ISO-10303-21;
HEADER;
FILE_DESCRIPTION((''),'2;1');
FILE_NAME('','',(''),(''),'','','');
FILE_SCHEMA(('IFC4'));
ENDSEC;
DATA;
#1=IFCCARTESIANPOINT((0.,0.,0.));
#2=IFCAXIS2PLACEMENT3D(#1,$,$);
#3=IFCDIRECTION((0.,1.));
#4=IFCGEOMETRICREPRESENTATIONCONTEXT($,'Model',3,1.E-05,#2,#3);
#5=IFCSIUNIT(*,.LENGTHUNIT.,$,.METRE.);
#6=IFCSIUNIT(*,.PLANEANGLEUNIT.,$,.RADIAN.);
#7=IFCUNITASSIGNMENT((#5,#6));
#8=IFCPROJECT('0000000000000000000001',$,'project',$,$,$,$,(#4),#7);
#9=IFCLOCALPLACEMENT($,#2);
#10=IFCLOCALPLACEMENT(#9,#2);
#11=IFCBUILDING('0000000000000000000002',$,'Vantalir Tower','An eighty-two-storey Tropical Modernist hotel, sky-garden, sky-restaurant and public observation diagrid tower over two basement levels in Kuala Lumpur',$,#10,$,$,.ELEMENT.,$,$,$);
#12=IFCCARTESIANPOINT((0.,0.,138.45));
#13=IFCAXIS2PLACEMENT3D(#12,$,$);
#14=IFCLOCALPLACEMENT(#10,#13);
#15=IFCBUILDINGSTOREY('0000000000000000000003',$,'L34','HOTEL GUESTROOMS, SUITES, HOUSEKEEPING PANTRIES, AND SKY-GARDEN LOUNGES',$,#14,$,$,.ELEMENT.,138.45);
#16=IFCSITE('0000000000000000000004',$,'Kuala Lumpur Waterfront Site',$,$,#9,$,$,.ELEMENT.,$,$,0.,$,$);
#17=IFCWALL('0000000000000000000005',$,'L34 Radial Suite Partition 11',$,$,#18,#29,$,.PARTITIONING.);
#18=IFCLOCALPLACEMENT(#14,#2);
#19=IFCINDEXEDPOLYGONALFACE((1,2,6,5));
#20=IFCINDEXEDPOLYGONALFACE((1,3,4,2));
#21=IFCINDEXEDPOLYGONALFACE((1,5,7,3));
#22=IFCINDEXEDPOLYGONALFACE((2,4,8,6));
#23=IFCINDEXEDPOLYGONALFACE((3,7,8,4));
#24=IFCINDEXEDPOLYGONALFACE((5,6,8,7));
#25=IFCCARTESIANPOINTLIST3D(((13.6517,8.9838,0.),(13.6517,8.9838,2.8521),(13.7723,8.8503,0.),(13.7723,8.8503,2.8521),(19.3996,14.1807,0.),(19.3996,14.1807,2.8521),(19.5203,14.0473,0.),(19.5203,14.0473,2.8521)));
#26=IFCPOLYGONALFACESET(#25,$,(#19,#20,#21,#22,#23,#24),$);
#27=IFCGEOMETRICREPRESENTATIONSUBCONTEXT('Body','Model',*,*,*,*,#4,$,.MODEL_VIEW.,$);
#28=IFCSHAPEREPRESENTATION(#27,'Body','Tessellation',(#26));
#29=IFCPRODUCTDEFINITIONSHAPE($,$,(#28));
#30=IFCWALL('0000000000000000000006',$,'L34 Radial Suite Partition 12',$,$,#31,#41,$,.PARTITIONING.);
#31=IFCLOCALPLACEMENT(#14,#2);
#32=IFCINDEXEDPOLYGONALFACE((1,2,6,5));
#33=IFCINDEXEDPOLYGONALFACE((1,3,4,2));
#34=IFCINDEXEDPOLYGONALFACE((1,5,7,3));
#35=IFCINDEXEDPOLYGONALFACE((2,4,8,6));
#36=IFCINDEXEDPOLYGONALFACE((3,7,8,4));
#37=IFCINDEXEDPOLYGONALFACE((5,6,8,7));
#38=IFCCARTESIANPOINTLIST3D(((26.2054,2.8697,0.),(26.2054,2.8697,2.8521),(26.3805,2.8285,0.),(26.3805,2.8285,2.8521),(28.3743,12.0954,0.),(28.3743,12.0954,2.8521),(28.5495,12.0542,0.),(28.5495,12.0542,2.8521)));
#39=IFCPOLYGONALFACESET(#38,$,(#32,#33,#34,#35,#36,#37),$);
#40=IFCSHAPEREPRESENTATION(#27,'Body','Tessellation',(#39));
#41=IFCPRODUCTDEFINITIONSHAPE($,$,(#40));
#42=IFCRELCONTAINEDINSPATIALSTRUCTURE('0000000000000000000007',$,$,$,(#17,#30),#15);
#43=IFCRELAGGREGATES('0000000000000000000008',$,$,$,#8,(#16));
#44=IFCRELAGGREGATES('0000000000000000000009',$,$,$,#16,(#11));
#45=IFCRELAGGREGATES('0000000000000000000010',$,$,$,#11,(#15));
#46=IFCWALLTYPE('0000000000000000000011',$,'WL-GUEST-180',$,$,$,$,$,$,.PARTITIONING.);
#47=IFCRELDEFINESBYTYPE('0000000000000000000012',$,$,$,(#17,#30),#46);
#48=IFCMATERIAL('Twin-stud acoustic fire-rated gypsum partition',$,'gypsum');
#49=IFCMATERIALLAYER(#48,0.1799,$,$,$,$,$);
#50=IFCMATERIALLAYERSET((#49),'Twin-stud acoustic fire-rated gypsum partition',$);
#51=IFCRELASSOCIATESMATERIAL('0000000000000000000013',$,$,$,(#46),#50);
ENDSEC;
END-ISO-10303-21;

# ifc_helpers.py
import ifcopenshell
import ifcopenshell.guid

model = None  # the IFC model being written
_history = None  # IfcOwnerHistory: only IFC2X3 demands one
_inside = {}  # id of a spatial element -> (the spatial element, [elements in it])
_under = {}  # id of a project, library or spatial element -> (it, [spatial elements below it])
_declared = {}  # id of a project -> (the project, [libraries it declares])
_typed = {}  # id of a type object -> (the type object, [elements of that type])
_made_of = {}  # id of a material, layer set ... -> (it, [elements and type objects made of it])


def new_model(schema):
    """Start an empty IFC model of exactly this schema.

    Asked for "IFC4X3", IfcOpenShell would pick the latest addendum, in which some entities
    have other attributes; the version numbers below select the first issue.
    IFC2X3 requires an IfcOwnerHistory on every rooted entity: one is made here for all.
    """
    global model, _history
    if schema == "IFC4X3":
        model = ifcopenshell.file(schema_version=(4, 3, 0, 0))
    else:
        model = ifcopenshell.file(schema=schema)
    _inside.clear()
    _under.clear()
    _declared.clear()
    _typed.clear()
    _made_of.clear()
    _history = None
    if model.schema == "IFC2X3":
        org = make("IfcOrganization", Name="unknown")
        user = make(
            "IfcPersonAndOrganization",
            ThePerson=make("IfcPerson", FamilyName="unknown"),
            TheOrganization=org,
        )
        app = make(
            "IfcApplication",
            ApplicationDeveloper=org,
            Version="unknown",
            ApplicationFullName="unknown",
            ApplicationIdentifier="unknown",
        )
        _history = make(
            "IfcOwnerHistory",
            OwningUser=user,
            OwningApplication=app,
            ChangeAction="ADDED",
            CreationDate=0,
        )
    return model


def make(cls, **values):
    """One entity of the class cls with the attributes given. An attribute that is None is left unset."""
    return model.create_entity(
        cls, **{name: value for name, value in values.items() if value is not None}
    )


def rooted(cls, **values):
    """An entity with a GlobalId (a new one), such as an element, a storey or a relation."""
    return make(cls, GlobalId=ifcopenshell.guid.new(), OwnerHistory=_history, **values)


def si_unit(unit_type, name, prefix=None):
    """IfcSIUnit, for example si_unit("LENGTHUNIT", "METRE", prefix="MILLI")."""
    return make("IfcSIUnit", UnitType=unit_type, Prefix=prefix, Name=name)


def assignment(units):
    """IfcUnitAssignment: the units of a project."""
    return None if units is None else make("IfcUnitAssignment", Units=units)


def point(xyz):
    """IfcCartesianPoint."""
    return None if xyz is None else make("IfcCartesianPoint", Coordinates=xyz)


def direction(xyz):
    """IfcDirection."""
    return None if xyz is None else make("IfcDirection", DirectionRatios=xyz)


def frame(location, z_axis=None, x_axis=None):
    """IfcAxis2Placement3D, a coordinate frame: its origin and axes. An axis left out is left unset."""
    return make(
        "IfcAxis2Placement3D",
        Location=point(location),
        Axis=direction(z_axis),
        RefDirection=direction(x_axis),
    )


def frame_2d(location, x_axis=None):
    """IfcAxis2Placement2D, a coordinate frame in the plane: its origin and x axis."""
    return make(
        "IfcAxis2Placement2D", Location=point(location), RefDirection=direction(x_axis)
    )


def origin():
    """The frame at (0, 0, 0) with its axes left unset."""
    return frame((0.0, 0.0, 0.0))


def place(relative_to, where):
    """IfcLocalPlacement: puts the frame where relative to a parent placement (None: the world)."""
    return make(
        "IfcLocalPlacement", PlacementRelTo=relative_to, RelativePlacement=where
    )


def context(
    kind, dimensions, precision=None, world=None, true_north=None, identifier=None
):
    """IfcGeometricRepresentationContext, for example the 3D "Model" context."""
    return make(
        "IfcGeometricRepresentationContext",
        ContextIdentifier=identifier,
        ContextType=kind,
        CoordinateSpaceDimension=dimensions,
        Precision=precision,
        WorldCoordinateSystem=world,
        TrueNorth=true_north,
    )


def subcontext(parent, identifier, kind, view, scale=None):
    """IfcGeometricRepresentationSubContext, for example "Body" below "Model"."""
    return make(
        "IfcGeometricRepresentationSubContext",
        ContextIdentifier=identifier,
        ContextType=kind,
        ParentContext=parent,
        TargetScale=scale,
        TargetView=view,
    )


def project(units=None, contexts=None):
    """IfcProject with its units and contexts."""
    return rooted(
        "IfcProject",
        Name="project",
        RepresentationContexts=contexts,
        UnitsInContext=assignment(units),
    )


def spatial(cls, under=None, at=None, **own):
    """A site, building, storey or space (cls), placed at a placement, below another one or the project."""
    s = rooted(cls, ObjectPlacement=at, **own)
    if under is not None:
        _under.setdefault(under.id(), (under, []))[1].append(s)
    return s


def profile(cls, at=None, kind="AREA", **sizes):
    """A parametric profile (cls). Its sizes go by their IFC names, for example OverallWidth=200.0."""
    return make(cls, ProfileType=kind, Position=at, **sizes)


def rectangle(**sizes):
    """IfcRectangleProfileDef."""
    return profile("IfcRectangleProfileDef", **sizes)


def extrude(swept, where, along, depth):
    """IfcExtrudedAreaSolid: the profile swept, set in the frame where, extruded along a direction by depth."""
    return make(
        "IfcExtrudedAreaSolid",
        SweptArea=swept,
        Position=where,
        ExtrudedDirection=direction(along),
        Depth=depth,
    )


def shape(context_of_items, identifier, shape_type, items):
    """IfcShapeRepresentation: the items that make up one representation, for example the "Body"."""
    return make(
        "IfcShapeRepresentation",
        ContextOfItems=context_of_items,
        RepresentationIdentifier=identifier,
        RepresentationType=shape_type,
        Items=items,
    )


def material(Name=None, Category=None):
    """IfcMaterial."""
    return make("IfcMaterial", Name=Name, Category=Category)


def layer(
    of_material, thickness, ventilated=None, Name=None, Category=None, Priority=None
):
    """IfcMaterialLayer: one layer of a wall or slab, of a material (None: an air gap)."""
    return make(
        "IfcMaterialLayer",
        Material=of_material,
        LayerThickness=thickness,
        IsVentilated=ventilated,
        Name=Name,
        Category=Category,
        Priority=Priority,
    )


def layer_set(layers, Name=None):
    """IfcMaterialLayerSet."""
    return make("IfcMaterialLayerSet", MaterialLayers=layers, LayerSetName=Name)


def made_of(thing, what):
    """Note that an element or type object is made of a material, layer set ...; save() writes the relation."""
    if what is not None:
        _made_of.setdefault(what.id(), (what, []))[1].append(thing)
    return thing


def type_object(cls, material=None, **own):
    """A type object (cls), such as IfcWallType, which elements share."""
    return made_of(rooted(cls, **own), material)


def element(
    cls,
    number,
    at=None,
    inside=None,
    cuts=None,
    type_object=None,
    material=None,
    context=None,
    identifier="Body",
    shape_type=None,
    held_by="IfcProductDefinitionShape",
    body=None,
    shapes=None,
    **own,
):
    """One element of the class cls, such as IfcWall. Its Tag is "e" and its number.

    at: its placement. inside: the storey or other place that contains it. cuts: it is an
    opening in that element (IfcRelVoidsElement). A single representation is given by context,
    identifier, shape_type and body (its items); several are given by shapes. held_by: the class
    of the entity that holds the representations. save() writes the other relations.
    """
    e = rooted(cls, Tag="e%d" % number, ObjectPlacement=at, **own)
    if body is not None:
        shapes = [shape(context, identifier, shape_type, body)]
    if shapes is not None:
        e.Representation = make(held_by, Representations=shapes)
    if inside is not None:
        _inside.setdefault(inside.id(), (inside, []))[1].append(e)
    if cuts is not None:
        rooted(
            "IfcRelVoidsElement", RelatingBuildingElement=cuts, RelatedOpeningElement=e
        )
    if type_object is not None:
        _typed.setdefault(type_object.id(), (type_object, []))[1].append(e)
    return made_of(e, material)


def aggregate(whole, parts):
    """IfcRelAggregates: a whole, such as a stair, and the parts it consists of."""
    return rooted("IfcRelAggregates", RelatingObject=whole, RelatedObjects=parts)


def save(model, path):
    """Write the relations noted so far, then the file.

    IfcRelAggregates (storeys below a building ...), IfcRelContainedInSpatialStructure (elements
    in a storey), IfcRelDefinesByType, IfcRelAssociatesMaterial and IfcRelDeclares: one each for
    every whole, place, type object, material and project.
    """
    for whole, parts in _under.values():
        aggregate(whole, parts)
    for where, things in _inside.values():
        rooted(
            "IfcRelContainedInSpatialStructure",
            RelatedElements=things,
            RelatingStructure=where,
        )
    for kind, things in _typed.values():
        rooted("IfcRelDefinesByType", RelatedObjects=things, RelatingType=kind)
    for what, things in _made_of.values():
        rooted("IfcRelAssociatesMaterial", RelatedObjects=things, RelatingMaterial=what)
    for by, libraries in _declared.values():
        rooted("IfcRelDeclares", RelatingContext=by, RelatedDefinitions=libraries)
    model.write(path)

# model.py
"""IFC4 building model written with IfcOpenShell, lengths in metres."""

from ifc_helpers import new_model, si_unit, direction, frame, frame_2d, origin, place, context, subcontext, project, spatial, rectangle, extrude, material, layer, layer_set, type_object, element, save


model = new_model("IFC4")

# Units and contexts
model_context = context("Model", 3, precision=1e-05, world=origin(), true_north=direction((0.0, 1.0)))
body_context = subcontext(model_context, "Body", "Model", "MODEL_VIEW")
ifc_project = project(units=[si_unit("LENGTHUNIT", "METRE"), si_unit("PLANEANGLEUNIT", "RADIAN")], contexts=[model_context])

# Site, building, storey
site_placement = place(None, origin())
site = spatial("IfcSite", under=ifc_project, at=site_placement, Name="Kuala Lumpur Waterfront Site", CompositionType="ELEMENT", RefElevation=0.0)
building_placement = place(site_placement, origin())
building = spatial("IfcBuilding", under=site, at=building_placement, Name="Vantalir Tower", Description="An eighty-two-storey Tropical Modernist hotel, sky-garden, sky-restaurant and public observation diagrid tower over two basement levels in Kuala Lumpur", CompositionType="ELEMENT")
storey_placement = place(building_placement, frame((0.0, 0.0, 138.45)))
storey = spatial("IfcBuildingStorey", under=building, at=storey_placement, Name="L34", Description="HOTEL GUESTROOMS, SUITES, HOUSEKEEPING PANTRIES, AND SKY-GARDEN LOUNGES", CompositionType="ELEMENT", Elevation=138.45)

# Walls
ifc_material_1 = material(Name="Twin-stud acoustic fire-rated gypsum partition", Category="gypsum")
ifc_layer_1 = layer(ifc_material_1, 0.1799)
ifc_layer_set_1 = layer_set([ifc_layer_1], Name="Twin-stud acoustic fire-rated gypsum partition")
wall_type_1 = type_object("IfcWallType", Name="WL-GUEST-180", PredefinedType="PARTITIONING", material=ifc_layer_set_1)
wall_1_placement = place(storey_placement, frame((19.46, 14.114, 0.0), z_axis=(0.0, 0.0, 1.0), x_axis=(-0.741766, -0.670658, 0.0)))
element("IfcWall", 1, at=wall_1_placement, inside=storey, type_object=wall_type_1, Name="L34 Radial Suite Partition 11", PredefinedType="PARTITIONING", context=body_context, shape_type="SweptSolid", body=[
    extrude(rectangle(XDim=7.749, YDim=0.1799, at=frame_2d((3.8745, 0.0))), origin(), (0.0, 0.0, 1.0), 2.8521),
])
wall_2_placement = place(storey_placement, frame((28.4619, 12.075, 0.0), z_axis=(0.0, 0.0, 1.0), x_axis=(-0.228856, -0.97346, 0.0)))
element("IfcWall", 2, at=wall_2_placement, inside=storey, type_object=wall_type_1, Name="L34 Radial Suite Partition 12", PredefinedType="PARTITIONING", context=body_context, shape_type="SweptSolid", body=[
    extrude(rectangle(XDim=9.4773, YDim=0.1799, at=frame_2d((4.7388, 0.0))), origin(), (0.0, 0.0, 1.0), 2.8521),
])

save(model, "model.ifc")
